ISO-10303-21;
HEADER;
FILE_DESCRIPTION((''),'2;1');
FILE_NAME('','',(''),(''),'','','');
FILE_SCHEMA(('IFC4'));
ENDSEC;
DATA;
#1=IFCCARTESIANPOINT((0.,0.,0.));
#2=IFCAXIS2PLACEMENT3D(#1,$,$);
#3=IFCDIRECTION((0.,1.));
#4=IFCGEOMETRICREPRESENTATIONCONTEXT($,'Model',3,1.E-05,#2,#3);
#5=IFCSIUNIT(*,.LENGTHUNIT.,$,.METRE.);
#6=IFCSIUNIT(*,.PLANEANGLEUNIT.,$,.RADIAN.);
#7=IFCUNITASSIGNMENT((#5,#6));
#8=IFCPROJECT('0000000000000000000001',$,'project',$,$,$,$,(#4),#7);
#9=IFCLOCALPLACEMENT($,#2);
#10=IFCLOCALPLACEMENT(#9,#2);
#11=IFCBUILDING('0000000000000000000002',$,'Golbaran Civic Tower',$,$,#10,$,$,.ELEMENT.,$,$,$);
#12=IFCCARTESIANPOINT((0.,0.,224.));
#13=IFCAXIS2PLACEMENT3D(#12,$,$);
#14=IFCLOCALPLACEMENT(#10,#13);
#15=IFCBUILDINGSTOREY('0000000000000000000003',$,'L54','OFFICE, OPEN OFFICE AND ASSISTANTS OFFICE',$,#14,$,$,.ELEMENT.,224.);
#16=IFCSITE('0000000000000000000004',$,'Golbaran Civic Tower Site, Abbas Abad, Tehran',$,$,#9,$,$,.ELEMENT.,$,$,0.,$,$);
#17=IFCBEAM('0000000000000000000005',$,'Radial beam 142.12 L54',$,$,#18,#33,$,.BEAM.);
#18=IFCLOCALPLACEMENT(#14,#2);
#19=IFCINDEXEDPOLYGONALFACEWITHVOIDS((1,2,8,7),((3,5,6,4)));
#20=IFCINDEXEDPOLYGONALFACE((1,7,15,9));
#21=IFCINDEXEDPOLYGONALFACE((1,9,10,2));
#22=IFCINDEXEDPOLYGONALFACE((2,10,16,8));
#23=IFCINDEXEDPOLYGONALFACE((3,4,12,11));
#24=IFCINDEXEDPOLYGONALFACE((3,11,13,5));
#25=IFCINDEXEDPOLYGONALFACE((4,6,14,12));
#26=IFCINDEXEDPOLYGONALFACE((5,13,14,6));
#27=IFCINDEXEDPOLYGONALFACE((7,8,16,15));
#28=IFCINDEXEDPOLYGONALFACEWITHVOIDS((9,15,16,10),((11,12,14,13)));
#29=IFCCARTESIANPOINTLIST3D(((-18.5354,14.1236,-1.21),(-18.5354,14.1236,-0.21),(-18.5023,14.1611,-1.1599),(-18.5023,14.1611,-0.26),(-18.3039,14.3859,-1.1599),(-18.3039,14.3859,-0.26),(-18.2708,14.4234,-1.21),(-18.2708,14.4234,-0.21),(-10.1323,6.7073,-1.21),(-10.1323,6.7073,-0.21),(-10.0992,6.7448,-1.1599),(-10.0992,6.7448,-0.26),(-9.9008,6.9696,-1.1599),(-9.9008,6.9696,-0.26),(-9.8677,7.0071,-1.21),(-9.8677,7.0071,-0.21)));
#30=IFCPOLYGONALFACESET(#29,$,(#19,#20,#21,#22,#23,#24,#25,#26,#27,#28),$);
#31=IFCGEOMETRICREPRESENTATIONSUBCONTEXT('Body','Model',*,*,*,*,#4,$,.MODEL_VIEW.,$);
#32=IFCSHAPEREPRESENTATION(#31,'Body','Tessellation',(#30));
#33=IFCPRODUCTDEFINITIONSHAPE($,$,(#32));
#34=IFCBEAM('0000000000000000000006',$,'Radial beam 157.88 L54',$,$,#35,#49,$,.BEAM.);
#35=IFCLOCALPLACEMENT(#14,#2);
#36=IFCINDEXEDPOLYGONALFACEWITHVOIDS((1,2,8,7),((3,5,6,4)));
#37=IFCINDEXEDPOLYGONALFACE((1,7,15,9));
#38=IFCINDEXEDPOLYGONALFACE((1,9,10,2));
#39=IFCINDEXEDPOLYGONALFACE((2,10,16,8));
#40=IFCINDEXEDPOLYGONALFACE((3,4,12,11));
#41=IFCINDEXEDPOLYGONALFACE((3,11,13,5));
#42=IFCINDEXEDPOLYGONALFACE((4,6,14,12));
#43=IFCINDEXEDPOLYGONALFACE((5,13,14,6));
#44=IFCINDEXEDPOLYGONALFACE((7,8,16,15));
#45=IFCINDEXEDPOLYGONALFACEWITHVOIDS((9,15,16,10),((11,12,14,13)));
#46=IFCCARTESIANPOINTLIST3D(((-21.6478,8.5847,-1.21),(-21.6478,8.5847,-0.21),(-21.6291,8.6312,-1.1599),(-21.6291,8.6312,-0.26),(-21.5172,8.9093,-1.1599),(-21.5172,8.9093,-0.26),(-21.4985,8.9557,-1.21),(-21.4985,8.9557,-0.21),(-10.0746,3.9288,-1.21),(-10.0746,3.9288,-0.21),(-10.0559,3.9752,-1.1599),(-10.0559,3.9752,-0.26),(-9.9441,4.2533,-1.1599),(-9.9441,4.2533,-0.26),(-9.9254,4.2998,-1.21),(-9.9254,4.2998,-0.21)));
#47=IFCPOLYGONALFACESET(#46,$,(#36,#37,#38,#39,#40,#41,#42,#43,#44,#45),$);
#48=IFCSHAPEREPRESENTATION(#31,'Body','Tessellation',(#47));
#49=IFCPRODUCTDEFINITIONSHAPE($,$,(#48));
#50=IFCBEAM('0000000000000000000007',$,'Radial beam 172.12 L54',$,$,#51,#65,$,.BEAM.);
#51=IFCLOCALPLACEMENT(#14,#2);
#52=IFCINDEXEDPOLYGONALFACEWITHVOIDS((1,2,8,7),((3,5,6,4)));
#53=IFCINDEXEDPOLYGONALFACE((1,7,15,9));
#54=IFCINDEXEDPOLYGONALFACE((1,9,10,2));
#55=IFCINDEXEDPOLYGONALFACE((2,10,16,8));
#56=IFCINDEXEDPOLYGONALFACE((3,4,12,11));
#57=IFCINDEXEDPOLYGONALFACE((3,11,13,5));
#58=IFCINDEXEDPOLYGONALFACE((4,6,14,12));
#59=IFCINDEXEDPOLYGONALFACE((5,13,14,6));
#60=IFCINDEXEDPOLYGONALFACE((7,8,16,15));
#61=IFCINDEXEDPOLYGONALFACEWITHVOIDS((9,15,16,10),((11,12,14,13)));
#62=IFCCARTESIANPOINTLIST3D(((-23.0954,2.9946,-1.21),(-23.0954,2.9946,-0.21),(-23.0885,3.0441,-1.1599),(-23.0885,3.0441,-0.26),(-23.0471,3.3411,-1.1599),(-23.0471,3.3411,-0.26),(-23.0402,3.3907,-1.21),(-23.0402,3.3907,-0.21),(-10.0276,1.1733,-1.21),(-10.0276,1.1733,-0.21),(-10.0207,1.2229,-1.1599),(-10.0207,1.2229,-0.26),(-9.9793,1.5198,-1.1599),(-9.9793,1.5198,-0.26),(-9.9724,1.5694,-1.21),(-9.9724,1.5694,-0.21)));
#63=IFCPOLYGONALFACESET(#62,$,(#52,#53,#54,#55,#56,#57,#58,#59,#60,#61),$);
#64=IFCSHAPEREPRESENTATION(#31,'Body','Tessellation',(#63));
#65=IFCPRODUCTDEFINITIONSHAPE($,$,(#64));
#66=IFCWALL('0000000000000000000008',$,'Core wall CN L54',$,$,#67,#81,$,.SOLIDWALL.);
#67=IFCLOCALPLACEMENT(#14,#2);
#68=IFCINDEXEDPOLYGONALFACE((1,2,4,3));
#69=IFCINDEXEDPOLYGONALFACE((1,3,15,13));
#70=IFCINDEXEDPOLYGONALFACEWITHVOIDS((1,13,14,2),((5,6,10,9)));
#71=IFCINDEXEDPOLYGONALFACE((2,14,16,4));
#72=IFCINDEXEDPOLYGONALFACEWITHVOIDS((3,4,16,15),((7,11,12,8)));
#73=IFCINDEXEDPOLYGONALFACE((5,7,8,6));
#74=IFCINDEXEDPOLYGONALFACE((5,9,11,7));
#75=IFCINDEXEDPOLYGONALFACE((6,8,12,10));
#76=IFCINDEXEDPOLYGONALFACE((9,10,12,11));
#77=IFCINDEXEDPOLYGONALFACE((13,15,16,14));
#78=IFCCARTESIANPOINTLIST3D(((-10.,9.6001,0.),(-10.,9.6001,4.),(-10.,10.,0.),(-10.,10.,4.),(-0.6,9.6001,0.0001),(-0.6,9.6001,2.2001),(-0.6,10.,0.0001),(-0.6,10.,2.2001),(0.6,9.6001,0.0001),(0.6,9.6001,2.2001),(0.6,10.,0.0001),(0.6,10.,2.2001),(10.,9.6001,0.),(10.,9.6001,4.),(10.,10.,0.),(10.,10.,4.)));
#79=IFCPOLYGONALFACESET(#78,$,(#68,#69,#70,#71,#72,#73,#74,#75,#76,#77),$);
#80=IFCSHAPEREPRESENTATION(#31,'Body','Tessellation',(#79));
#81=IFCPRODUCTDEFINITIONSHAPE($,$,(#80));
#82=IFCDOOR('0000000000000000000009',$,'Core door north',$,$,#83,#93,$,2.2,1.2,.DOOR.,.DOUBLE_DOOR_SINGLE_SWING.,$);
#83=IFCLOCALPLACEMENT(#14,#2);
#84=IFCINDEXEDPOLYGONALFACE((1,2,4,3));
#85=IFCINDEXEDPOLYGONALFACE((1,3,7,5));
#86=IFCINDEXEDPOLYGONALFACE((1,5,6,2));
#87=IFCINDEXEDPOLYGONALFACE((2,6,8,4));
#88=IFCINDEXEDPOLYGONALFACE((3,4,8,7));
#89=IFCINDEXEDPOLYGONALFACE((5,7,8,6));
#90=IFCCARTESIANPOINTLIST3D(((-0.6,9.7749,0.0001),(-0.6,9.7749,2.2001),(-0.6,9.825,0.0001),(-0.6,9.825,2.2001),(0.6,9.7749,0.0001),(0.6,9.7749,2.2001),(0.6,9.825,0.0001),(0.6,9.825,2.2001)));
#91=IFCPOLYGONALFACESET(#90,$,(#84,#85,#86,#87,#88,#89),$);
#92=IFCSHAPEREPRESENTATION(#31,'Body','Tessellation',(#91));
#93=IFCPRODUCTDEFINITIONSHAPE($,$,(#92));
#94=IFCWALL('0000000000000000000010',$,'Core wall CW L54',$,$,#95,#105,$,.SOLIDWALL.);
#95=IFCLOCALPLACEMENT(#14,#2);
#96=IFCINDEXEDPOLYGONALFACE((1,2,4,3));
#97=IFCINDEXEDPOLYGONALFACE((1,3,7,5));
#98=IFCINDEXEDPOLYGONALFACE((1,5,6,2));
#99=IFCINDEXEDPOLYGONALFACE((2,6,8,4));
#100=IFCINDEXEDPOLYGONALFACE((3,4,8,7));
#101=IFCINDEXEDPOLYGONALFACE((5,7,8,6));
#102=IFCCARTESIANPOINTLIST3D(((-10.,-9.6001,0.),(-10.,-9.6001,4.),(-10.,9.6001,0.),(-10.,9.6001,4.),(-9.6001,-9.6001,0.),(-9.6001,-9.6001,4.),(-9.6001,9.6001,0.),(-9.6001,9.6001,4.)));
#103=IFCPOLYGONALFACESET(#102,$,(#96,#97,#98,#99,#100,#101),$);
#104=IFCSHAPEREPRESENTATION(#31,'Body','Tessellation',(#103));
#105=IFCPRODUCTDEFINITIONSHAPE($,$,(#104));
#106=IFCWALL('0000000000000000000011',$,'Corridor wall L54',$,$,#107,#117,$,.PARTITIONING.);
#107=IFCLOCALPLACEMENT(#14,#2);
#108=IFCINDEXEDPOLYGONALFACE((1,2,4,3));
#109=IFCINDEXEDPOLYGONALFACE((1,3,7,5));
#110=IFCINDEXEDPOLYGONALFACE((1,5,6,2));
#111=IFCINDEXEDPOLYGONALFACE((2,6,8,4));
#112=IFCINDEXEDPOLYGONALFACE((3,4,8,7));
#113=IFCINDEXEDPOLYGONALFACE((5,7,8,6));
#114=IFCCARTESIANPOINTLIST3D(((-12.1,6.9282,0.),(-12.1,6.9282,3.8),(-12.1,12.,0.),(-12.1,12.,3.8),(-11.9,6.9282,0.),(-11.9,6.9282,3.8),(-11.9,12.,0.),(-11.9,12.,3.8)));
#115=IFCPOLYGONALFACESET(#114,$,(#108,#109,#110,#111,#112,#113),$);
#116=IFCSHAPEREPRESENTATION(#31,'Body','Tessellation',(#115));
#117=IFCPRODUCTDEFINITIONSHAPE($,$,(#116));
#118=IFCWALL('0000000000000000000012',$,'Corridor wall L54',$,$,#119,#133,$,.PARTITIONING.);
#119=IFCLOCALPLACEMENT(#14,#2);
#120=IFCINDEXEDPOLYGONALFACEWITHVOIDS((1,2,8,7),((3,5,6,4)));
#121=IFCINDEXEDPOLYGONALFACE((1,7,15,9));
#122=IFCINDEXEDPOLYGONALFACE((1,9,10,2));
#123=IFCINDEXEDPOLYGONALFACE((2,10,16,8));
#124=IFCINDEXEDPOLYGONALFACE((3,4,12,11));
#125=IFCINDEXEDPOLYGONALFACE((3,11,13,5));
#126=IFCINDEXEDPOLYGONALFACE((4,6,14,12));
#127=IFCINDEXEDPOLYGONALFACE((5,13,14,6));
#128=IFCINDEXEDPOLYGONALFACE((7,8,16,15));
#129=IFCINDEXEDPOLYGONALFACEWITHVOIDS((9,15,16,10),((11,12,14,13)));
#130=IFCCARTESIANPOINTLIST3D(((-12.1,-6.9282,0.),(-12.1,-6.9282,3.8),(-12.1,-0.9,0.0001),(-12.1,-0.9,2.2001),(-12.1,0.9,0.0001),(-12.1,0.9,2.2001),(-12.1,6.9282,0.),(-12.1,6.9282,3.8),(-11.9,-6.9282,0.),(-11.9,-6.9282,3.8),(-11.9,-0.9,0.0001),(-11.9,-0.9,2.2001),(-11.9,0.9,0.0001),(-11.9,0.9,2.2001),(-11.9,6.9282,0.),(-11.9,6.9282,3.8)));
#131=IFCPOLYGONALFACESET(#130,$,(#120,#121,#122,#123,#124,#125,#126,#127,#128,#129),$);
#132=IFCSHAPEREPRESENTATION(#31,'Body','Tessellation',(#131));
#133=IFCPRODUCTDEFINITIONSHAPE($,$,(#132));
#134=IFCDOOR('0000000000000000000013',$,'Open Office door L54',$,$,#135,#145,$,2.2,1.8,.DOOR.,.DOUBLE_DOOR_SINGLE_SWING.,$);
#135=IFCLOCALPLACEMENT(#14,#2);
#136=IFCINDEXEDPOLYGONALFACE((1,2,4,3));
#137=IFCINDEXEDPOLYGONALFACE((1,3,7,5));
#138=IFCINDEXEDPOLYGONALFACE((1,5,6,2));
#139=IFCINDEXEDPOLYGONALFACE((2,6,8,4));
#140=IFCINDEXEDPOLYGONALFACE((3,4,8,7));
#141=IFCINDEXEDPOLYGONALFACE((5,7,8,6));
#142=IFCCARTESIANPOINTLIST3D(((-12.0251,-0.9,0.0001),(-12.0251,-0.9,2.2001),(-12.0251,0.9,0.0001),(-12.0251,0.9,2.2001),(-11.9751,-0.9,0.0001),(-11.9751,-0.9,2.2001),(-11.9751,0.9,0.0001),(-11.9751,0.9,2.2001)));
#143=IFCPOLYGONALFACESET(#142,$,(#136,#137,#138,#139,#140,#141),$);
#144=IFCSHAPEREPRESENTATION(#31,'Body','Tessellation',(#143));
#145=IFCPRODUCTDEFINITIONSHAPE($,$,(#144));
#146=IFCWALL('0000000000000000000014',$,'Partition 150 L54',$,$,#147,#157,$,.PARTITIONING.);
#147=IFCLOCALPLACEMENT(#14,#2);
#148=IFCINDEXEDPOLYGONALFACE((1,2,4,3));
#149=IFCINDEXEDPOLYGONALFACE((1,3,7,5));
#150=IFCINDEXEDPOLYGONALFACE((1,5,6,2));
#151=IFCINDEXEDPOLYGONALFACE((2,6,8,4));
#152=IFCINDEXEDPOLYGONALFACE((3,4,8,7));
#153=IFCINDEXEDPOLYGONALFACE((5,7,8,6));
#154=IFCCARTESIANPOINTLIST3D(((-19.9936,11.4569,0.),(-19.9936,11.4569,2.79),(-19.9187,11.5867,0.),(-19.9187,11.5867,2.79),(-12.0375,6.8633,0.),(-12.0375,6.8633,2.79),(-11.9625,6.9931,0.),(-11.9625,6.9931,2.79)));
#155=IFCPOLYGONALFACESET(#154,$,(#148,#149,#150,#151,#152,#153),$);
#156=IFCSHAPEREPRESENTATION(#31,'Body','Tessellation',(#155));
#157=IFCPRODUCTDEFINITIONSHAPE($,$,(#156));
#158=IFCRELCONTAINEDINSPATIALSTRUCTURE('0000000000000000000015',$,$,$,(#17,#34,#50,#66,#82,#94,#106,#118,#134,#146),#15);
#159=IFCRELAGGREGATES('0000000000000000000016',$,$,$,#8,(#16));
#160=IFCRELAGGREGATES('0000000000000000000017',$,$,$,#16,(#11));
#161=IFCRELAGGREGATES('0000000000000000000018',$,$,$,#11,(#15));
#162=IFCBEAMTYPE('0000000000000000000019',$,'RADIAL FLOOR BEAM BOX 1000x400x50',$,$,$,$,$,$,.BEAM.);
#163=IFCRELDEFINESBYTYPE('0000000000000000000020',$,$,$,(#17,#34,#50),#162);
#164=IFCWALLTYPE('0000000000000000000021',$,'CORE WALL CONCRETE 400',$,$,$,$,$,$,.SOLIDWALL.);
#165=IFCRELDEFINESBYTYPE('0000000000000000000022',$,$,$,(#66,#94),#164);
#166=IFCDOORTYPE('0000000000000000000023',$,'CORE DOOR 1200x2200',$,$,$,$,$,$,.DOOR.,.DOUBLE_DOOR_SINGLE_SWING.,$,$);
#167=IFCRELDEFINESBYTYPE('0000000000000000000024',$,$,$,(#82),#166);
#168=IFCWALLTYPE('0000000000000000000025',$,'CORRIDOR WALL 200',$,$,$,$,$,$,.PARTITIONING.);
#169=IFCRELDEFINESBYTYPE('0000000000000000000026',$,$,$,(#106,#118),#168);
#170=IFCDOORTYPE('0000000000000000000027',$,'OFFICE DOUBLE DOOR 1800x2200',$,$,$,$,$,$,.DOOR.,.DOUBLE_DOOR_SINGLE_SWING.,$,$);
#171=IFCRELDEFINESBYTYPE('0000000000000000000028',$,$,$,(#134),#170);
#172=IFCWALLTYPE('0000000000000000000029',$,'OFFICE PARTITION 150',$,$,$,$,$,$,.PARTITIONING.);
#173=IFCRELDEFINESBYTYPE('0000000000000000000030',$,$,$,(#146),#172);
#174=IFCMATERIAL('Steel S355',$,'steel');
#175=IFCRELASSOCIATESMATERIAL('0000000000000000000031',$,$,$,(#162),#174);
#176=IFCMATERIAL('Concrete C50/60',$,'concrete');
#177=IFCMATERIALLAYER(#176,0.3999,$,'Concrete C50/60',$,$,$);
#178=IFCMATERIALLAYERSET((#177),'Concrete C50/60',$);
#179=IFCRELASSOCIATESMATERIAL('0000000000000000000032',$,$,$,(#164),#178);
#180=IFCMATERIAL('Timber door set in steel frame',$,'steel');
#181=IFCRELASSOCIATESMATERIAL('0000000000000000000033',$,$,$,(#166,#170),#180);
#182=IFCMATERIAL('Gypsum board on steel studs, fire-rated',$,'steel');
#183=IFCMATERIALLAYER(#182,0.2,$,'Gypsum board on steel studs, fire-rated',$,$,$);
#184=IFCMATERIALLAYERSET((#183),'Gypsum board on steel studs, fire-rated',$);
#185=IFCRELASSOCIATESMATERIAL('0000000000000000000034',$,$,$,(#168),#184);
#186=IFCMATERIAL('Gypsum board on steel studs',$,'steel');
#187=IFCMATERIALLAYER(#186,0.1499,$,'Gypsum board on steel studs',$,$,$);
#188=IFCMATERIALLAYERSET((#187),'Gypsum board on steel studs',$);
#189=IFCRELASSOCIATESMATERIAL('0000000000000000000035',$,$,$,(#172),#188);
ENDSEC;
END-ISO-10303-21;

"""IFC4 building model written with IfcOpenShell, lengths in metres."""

from ifc_helpers import new_model, si_unit, direction, frame, frame_2d, origin, origin_2d, place, context, subcontext, project, spatial, rectangle, hollow_rectangle, extrude, material, layer, layer_set, material_profile, profile_set, type_object, element, fill, save


model = new_model("IFC4")

# Units and contexts
model_context = context("Model", 3, precision=1e-05, world=origin(), true_north=direction((0.0, 1.0)))
body_context = subcontext(model_context, "Body", "Model", "MODEL_VIEW")
ifc_project = project(units=[si_unit("LENGTHUNIT", "METRE"), si_unit("PLANEANGLEUNIT", "RADIAN")], contexts=[model_context])

# Site, building, storey
site_placement = place(None, origin())
site = spatial("IfcSite", under=ifc_project, at=site_placement, Name="Golbaran Civic Tower Site, Abbas Abad, Tehran", CompositionType="ELEMENT", RefElevation=0.0)
building_placement = place(site_placement, origin())
building = spatial("IfcBuilding", under=site, at=building_placement, Name="Golbaran Civic Tower", CompositionType="ELEMENT")
storey_placement = place(building_placement, frame((0.0, 0.0, 224.0)))
storey = spatial("IfcBuildingStorey", under=building, at=storey_placement, Name="L54", Description="OFFICE, OPEN OFFICE AND ASSISTANTS OFFICE", CompositionType="ELEMENT", Elevation=224.0)

# Beams
ifc_material_1 = material(Name="Steel S355", Category="steel")
ifc_material_profile_1 = material_profile(ifc_material_1, hollow_rectangle(XDim=0.3999, YDim=1.0, WallThickness=0.05, at=origin_2d()), Name="BOX 1000x400x50")
ifc_profile_set_1 = profile_set([ifc_material_profile_1], Name="Steel S355")
beam_type_1 = type_object("IfcBeamType", Name="RADIAL FLOOR BEAM BOX 1000x400x50", PredefinedType="BEAM", material=ifc_profile_set_1)
beam_1_placement = place(storey_placement, frame((-10.0, 6.8572, -0.71), z_axis=(-0.749759, 0.661711, 0.0), x_axis=(-0.661711, -0.749759, 0.0)))
element("IfcBeam", 1, at=beam_1_placement, inside=storey, type_object=beam_type_1, Name="Radial beam 142.12 L54", PredefinedType="BEAM", context=body_context, shape_type="SweptSolid", body=[
    extrude(hollow_rectangle(XDim=0.3999, YDim=1.0, WallThickness=0.05, at=origin_2d()), origin(), (0.0, 0.0, 1.0), 11.2078),
])
beam_2_placement = place(storey_placement, frame((-10.0, 4.1143, -0.71), z_axis=(-0.927737, 0.373236, 0.0), x_axis=(-0.373236, -0.927737, 0.0)))
element("IfcBeam", 2, at=beam_2_placement, inside=storey, type_object=beam_type_1, Name="Radial beam 157.88 L54", PredefinedType="BEAM", context=body_context, shape_type="SweptSolid", body=[
    extrude(hollow_rectangle(XDim=0.3999, YDim=1.0, WallThickness=0.05, at=origin_2d()), origin(), (0.0, 0.0, 1.0), 12.4746),
])
beam_3_placement = place(storey_placement, frame((-10.0, 1.3713, -0.71), z_axis=(-0.990427, 0.138037, 0.0), x_axis=(-0.138037, -0.990427, 0.0)))
element("IfcBeam", 3, at=beam_3_placement, inside=storey, type_object=beam_type_1, Name="Radial beam 172.12 L54", PredefinedType="BEAM", context=body_context, shape_type="SweptSolid", body=[
    extrude(hollow_rectangle(XDim=0.3999, YDim=1.0, WallThickness=0.05, at=origin_2d()), origin(), (0.0, 0.0, 1.0), 13.1941),
])

# Wall, opening, door
ifc_material_2 = material(Name="Concrete C50/60", Category="concrete")
ifc_layer_1 = layer(ifc_material_2, 0.3999, Name="Concrete C50/60")
ifc_layer_set_1 = layer_set([ifc_layer_1], Name="Concrete C50/60")
wall_type_1 = type_object("IfcWallType", Name="CORE WALL CONCRETE 400", PredefinedType="SOLIDWALL", material=ifc_layer_set_1)
wall_1_placement = place(storey_placement, frame((-10.0, 9.8, 0.0), z_axis=(0.0, 0.0, 1.0), x_axis=(1.0, 0.0, 0.0)))
wall_1 = element("IfcWall", 4, at=wall_1_placement, inside=storey, type_object=wall_type_1, Name="Core wall CN L54", PredefinedType="SOLIDWALL", context=body_context, shape_type="SweptSolid", body=[
    extrude(rectangle(XDim=20.0, YDim=0.3999, at=frame_2d((10.0, 0.0))), origin(), (0.0, 0.0, 1.0), 4.0),
])
opening_1_placement = place(wall_1_placement, frame((9.3999, 0.0, 0.0)))
opening_1 = element("IfcOpeningElement", 5, at=opening_1_placement, cuts=wall_1, PredefinedType="OPENING", context=body_context, shape_type="SweptSolid", body=[
    extrude(rectangle(XDim=1.2, YDim=2.2, at=frame_2d((0.6001, 1.1001))), frame((0.0, 0.21, 0.0), z_axis=(0.0, -1.0, 0.0), x_axis=(1.0, 0.0, 0.0)), (0.0, 0.0, 1.0), 0.4199),
])
ifc_material_3 = material(Name="Timber door set in steel frame", Category="steel")
door_type_1 = type_object("IfcDoorType", Name="CORE DOOR 1200x2200", OperationType="DOUBLE_DOOR_SINGLE_SWING", PredefinedType="DOOR", material=ifc_material_3)
door_1_placement = place(opening_1_placement, origin())
door_1 = element("IfcDoor", 6, at=door_1_placement, inside=storey, type_object=door_type_1, Name="Core door north", OperationType="DOUBLE_DOOR_SINGLE_SWING", OverallHeight=2.2, OverallWidth=1.2, PredefinedType="DOOR", context=body_context, shape_type="SweptSolid", body=[
    extrude(rectangle(XDim=1.2, YDim=2.2, at=frame_2d((0.6001, 1.1001))), frame((0.0, 0.0249, 0.0), z_axis=(0.0, -1.0, 0.0), x_axis=(1.0, 0.0, 0.0)), (0.0, 0.0, 1.0), 0.05),
])
fill(opening_1, door_1)

# Walls
wall_2_placement = place(storey_placement, frame((-9.8, 9.6001, 0.0), z_axis=(0.0, 0.0, 1.0), x_axis=(0.0, -1.0, 0.0)))
element("IfcWall", 7, at=wall_2_placement, inside=storey, type_object=wall_type_1, Name="Core wall CW L54", PredefinedType="SOLIDWALL", context=body_context, shape_type="SweptSolid", body=[
    extrude(rectangle(XDim=19.2002, YDim=0.3999, at=frame_2d((9.6001, 0.0))), origin(), (0.0, 0.0, 1.0), 4.0),
])
ifc_material_4 = material(Name="Gypsum board on steel studs, fire-rated", Category="steel")
ifc_layer_2 = layer(ifc_material_4, 0.2, Name="Gypsum board on steel studs, fire-rated")
ifc_layer_set_2 = layer_set([ifc_layer_2], Name="Gypsum board on steel studs, fire-rated")
wall_type_2 = type_object("IfcWallType", Name="CORRIDOR WALL 200", PredefinedType="PARTITIONING", material=ifc_layer_set_2)
wall_3_placement = place(storey_placement, frame((-12.0, 12.0, 0.0), z_axis=(0.0, 0.0, 1.0), x_axis=(0.0, -1.0, 0.0)))
element("IfcWall", 8, at=wall_3_placement, inside=storey, type_object=wall_type_2, Name="Corridor wall L54", PredefinedType="PARTITIONING", context=body_context, shape_type="SweptSolid", body=[
    extrude(rectangle(XDim=5.0718, YDim=0.2, at=frame_2d((2.5359, 0.0))), origin(), (0.0, 0.0, 1.0), 3.8),
])

# Wall, opening, door
wall_4_placement = place(storey_placement, frame((-12.0, 6.9282, 0.0), z_axis=(0.0, 0.0, 1.0), x_axis=(0.0, -1.0, 0.0)))
wall_4 = element("IfcWall", 9, at=wall_4_placement, inside=storey, type_object=wall_type_2, Name="Corridor wall L54", PredefinedType="PARTITIONING", context=body_context, shape_type="SweptSolid", body=[
    extrude(rectangle(XDim=13.8564, YDim=0.2, at=frame_2d((6.9282, 0.0))), origin(), (0.0, 0.0, 1.0), 3.8),
])
opening_2_placement = place(wall_4_placement, frame((6.0283, 0.0, 0.0)))
opening_2 = element("IfcOpeningElement", 10, at=opening_2_placement, cuts=wall_4, PredefinedType="OPENING", context=body_context, shape_type="SweptSolid", body=[
    extrude(rectangle(XDim=1.8, YDim=2.2, at=frame_2d((0.8999, 1.1001))), frame((0.0, 0.1099, 0.0), z_axis=(0.0, -1.0, 0.0), x_axis=(1.0, 0.0, 0.0)), (0.0, 0.0, 1.0), 0.22),
])
door_type_2 = type_object("IfcDoorType", Name="OFFICE DOUBLE DOOR 1800x2200", OperationType="DOUBLE_DOOR_SINGLE_SWING", PredefinedType="DOOR", material=ifc_material_3)
door_2_placement = place(opening_2_placement, origin())
door_2 = element("IfcDoor", 11, at=door_2_placement, inside=storey, type_object=door_type_2, Name="Open Office door L54", OperationType="DOUBLE_DOOR_SINGLE_SWING", OverallHeight=2.2, OverallWidth=1.8, PredefinedType="DOOR", context=body_context, shape_type="SweptSolid", body=[
    extrude(rectangle(XDim=1.8, YDim=2.2, at=frame_2d((0.8999, 1.1001))), frame((0.0, 0.0249, 0.0), z_axis=(0.0, -1.0, 0.0), x_axis=(1.0, 0.0, 0.0)), (0.0, 0.0, 1.0), 0.05),
])
fill(opening_2, door_2)

# Wall
ifc_material_5 = material(Name="Gypsum board on steel studs", Category="steel")
ifc_layer_3 = layer(ifc_material_5, 0.1499, Name="Gypsum board on steel studs")
ifc_layer_set_3 = layer_set([ifc_layer_3], Name="Gypsum board on steel studs")
wall_type_3 = type_object("IfcWallType", Name="OFFICE PARTITION 150", PredefinedType="PARTITIONING", material=ifc_layer_set_3)
wall_5_placement = place(storey_placement, frame((-12.0, 6.9282, 0.0), z_axis=(0.0, 0.0, 1.0), x_axis=(-0.866022, 0.500006, 0.0)))
element("IfcWall", 12, at=wall_5_placement, inside=storey, type_object=wall_type_3, Name="Partition 150 L54", PredefinedType="PARTITIONING", context=body_context, shape_type="SweptSolid", body=[
    extrude(rectangle(XDim=9.187, YDim=0.1499, at=frame_2d((4.5935, 0.0))), origin(), (0.0, 0.0, 1.0), 2.79),
])

save(model, "model.ifc")
